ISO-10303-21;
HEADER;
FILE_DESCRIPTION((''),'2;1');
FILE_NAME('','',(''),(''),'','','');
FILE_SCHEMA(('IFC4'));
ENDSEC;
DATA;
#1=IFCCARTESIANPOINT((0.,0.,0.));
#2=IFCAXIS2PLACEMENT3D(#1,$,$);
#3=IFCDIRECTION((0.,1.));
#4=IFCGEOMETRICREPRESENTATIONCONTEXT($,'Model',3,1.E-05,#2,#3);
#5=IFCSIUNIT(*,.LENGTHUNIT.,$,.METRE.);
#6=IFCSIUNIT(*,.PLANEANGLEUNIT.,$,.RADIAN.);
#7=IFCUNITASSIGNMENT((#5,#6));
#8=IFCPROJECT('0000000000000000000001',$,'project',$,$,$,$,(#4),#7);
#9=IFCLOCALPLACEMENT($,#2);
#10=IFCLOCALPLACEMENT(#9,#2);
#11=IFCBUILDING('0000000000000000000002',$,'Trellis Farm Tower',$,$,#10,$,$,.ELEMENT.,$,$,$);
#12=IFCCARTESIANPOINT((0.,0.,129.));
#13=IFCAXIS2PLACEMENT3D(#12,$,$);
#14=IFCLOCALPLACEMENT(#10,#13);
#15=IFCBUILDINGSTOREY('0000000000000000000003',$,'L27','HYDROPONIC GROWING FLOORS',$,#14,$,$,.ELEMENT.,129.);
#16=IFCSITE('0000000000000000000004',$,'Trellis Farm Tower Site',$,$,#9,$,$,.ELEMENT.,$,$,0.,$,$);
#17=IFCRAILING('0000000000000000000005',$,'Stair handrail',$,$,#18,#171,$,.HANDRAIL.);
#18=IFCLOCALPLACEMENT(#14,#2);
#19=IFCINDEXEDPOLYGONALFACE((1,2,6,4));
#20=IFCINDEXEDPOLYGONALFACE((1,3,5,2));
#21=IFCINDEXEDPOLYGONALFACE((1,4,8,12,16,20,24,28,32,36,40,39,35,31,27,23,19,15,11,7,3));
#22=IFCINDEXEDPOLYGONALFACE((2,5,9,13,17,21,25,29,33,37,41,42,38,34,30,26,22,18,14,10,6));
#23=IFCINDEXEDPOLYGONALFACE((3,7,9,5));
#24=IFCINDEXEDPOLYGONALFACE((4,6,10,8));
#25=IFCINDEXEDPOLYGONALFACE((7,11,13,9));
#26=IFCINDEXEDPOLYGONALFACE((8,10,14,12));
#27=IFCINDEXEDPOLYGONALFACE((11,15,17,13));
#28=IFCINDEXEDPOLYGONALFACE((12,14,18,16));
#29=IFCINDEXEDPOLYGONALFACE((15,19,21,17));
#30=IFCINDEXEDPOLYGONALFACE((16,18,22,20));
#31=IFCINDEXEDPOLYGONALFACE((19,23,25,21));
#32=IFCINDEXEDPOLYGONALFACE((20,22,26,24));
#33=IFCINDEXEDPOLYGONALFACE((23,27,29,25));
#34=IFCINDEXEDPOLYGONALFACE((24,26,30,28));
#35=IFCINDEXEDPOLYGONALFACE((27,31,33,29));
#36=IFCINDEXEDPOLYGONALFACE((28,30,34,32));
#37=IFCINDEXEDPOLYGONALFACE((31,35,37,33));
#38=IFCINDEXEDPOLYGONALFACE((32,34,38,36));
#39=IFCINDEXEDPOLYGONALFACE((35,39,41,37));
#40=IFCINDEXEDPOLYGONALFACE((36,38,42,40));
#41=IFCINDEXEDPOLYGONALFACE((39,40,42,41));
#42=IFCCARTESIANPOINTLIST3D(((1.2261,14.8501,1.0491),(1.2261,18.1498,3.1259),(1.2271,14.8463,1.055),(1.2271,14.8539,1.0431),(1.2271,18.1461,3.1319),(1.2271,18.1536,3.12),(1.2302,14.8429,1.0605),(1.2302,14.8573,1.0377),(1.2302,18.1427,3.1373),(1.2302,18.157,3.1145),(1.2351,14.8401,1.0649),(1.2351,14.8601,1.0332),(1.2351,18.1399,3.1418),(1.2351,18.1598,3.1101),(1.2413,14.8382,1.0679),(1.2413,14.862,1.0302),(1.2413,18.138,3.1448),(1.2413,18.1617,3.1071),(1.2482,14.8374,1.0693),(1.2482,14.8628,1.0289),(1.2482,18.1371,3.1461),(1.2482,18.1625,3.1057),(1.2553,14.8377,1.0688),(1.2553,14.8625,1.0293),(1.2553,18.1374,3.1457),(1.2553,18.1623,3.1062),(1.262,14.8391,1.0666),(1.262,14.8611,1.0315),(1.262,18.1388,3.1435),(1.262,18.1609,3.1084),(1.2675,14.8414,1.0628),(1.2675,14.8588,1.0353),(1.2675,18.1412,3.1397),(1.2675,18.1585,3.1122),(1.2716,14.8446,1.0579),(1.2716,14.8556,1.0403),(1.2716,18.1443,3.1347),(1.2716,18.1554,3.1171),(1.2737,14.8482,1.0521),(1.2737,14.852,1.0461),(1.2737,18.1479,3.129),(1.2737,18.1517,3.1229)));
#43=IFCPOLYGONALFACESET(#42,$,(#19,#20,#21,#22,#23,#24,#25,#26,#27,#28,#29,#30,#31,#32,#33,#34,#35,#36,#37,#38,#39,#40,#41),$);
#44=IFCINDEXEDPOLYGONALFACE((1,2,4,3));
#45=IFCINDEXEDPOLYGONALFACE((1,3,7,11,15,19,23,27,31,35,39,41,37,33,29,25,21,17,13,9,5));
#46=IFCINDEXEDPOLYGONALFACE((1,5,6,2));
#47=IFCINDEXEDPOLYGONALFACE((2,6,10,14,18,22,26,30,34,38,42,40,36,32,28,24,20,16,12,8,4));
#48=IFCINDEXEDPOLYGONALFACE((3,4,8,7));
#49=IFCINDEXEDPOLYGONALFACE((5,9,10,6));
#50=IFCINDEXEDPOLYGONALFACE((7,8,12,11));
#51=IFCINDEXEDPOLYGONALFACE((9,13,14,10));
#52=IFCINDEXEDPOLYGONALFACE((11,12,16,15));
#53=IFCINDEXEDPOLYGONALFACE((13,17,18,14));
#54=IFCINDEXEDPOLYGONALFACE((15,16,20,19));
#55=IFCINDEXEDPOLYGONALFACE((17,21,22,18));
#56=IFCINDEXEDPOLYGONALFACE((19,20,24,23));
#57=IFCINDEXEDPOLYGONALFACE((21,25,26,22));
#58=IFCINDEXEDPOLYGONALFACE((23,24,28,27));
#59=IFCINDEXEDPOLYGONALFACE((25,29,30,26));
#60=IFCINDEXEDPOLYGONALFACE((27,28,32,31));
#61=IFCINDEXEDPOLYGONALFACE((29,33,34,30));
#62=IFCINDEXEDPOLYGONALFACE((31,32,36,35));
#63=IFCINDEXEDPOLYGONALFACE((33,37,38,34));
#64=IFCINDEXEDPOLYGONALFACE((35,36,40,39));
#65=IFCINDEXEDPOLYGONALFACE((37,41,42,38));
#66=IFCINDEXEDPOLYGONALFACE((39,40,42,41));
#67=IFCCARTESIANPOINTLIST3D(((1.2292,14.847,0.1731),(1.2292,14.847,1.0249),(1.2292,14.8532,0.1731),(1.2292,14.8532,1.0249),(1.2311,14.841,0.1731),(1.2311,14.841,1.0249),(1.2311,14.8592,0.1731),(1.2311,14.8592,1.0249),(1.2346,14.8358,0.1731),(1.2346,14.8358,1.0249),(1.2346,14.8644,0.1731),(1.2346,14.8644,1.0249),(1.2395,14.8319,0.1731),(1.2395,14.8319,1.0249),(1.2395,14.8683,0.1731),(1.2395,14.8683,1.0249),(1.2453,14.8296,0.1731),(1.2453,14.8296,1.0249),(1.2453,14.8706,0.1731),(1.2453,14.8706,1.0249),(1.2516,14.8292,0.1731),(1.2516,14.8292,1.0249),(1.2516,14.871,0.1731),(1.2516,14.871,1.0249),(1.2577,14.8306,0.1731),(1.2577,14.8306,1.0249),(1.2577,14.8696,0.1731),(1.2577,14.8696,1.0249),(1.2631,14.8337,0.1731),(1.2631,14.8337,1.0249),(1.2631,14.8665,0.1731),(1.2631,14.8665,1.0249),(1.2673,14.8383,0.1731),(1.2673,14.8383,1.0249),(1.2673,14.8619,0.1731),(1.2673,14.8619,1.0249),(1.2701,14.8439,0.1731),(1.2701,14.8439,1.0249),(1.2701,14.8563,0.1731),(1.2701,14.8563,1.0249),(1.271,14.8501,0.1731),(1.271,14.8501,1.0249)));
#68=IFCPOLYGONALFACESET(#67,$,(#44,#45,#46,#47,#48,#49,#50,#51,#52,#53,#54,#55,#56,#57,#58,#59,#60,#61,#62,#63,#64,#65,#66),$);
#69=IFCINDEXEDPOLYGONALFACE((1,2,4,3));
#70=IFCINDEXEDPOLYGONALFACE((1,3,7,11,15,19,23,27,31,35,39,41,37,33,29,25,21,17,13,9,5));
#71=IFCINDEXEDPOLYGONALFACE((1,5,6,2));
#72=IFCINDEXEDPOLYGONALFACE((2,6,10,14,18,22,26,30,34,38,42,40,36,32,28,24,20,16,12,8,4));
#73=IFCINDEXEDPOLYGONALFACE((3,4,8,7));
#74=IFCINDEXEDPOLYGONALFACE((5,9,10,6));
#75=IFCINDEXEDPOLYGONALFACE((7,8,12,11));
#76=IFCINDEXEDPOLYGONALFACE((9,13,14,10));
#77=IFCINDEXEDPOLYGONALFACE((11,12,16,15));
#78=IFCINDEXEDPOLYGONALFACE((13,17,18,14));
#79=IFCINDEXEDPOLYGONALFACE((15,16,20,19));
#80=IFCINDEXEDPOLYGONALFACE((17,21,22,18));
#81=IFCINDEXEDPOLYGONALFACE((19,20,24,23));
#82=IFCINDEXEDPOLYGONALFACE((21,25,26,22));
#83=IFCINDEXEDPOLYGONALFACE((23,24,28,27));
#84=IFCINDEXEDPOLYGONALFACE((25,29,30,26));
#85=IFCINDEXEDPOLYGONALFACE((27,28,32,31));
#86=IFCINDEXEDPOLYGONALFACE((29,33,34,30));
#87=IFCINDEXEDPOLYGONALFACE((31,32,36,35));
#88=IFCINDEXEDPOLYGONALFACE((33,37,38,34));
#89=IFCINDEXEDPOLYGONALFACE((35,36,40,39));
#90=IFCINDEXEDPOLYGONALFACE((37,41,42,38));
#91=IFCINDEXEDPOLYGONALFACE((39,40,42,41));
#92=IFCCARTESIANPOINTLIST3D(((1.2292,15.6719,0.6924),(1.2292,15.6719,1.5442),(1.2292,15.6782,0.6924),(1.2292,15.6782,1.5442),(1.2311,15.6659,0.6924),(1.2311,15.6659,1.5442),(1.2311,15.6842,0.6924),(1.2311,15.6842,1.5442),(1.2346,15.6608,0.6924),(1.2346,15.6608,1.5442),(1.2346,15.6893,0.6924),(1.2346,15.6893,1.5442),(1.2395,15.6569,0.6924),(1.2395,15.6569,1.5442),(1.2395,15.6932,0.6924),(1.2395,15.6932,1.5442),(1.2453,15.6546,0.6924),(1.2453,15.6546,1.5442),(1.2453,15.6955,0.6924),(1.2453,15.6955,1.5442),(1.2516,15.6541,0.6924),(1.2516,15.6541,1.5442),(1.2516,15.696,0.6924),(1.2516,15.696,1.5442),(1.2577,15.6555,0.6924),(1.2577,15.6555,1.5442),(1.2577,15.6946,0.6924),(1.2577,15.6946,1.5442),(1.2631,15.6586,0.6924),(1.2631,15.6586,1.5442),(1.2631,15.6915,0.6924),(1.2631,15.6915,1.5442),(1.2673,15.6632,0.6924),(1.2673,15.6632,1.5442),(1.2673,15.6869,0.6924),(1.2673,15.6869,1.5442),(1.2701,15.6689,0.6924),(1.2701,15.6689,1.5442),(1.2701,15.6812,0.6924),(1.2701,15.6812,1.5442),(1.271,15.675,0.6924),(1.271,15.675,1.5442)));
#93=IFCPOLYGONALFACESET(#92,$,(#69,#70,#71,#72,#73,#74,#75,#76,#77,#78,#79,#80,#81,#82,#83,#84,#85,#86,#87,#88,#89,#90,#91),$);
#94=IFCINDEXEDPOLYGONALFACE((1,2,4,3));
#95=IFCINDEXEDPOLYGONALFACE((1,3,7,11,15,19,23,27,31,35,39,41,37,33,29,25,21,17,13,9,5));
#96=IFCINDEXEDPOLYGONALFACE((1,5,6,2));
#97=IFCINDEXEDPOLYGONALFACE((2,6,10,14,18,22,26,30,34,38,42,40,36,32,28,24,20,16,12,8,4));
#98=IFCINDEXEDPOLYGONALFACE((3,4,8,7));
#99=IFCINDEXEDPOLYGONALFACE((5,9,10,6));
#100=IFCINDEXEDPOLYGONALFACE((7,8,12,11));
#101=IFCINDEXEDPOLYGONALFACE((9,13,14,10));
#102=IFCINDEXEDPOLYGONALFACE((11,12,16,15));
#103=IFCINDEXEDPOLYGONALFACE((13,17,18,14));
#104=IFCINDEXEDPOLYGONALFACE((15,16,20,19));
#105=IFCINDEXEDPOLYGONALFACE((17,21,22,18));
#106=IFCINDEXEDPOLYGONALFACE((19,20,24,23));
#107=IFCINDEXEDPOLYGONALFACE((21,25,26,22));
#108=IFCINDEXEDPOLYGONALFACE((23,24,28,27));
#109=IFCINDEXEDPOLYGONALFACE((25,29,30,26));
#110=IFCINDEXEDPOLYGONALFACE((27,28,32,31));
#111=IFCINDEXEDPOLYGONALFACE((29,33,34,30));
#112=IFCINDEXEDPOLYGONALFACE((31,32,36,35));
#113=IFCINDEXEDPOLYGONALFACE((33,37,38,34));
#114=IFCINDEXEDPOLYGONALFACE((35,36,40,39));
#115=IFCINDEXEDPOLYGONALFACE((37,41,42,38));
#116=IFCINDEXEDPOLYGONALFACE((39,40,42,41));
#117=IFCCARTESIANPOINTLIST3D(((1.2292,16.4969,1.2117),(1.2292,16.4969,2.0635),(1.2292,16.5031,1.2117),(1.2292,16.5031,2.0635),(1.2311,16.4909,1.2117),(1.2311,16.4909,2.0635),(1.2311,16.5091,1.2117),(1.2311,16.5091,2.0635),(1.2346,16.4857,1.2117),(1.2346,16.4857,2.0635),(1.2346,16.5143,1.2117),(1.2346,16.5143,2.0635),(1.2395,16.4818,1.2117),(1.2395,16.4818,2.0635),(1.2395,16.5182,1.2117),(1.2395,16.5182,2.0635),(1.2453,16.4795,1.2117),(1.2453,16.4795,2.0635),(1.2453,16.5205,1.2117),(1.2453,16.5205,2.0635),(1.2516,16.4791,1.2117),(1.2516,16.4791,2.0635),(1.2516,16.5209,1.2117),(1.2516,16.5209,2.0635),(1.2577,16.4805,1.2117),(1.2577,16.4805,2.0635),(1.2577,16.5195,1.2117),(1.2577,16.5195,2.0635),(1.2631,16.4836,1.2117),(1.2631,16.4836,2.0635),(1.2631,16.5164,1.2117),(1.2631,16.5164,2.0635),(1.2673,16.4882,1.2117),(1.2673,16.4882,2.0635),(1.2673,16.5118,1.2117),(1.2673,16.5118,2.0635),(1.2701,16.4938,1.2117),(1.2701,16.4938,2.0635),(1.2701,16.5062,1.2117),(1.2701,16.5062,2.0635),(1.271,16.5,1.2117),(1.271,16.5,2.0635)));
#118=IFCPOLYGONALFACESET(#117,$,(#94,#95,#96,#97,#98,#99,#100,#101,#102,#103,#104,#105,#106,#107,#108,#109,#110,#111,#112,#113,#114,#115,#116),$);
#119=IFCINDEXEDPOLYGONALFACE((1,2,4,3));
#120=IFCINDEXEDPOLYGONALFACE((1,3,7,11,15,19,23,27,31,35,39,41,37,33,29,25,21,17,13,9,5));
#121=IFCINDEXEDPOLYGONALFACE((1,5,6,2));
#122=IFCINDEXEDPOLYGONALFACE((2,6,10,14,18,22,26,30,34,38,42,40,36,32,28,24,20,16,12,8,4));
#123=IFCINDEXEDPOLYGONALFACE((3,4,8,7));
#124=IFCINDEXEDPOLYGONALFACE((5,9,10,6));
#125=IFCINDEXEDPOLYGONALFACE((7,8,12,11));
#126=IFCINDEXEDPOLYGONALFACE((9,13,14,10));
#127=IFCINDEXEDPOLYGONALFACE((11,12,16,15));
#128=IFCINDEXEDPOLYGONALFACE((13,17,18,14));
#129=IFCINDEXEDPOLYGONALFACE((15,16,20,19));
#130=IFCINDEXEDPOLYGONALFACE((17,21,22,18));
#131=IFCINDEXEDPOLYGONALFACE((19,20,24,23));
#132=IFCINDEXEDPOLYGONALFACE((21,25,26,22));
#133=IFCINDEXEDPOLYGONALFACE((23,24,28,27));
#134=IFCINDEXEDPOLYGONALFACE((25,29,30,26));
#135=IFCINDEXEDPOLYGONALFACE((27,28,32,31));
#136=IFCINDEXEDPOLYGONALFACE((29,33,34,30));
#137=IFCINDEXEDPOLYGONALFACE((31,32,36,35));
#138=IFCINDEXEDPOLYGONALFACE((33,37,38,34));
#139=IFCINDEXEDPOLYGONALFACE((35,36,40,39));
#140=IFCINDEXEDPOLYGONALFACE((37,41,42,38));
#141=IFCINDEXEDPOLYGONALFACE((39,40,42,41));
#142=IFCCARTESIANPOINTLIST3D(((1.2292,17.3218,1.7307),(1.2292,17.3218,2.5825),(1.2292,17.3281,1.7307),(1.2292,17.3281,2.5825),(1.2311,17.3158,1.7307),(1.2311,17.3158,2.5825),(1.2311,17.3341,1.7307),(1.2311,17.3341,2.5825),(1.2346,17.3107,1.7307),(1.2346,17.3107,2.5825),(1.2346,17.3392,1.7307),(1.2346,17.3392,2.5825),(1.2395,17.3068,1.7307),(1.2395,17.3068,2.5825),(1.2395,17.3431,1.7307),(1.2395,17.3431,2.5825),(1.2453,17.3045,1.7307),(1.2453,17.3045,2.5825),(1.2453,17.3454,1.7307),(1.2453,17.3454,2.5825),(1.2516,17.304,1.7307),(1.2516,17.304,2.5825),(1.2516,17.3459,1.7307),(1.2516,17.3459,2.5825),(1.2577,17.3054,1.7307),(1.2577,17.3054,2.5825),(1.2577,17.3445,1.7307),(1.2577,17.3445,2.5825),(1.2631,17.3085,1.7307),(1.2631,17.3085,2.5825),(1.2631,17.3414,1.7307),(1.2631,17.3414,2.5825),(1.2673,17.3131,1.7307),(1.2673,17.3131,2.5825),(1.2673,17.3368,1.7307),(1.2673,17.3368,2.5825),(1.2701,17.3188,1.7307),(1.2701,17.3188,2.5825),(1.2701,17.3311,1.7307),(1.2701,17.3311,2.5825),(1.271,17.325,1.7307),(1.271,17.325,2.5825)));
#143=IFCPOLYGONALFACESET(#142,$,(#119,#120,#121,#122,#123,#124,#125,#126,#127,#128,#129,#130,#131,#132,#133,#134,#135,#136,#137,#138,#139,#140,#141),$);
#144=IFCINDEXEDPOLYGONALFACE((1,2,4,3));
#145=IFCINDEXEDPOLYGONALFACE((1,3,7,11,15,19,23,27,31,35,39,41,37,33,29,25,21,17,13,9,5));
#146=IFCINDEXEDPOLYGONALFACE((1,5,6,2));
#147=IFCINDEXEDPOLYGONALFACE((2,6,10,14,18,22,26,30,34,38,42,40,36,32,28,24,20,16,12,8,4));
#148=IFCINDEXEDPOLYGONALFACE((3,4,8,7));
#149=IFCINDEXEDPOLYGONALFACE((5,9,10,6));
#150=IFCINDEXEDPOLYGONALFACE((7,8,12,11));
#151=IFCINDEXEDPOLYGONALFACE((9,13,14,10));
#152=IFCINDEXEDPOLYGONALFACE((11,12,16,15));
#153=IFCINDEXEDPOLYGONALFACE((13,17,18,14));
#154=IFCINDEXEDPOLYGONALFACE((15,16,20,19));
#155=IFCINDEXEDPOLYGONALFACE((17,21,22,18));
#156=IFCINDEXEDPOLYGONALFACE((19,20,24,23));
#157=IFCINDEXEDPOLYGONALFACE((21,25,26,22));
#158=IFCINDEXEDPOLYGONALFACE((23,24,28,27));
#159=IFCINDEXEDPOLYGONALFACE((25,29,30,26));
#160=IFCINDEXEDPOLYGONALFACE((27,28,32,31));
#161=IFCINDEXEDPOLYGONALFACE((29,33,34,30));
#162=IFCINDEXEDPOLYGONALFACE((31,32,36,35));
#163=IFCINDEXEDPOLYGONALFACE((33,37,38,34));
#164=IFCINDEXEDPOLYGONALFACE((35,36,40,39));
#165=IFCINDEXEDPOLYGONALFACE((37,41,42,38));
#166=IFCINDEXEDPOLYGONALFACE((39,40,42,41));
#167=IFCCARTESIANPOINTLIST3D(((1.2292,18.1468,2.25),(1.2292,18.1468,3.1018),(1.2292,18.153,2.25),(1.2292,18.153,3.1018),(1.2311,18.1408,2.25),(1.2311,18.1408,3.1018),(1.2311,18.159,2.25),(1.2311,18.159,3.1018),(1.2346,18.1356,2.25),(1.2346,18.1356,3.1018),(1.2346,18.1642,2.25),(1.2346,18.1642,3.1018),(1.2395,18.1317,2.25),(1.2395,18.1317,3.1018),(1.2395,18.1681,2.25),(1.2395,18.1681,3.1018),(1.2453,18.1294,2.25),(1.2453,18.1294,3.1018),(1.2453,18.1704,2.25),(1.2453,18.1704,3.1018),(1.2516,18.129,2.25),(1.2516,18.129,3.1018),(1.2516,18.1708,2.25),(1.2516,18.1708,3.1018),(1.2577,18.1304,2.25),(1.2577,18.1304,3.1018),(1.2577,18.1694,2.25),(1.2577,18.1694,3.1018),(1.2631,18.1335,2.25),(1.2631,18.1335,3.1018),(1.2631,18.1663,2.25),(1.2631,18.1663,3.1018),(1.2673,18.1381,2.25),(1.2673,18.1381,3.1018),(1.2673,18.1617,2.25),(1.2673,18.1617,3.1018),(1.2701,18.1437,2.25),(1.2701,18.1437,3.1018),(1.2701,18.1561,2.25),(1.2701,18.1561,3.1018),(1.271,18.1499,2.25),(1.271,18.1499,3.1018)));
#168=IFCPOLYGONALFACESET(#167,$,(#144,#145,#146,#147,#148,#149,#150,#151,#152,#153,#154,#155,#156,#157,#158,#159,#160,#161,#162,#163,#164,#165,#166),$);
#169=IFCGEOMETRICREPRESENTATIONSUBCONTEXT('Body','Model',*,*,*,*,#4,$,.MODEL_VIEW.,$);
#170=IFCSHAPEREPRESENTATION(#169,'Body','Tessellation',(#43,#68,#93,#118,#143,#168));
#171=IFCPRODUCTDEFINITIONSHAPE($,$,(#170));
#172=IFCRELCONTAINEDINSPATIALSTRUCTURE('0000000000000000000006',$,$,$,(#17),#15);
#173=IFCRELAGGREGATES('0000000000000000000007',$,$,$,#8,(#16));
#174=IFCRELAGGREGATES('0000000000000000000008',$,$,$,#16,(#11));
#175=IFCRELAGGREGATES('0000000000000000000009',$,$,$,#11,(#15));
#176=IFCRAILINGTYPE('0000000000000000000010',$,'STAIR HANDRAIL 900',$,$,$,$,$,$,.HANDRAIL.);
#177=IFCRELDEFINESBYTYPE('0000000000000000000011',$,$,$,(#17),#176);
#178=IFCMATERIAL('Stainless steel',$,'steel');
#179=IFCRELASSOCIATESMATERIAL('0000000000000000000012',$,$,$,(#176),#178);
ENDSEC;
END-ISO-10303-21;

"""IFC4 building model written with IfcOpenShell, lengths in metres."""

from ifc_helpers import new_model, si_unit, direction, frame, origin, origin_2d, place, context, subcontext, project, spatial, circle, extrude, source, transform, mapped, material, type_object, element, save


model = new_model("IFC4")

# Units and contexts
model_context = context("Model", 3, precision=1e-05, world=origin(), true_north=direction((0.0, 1.0)))
body_context = subcontext(model_context, "Body", "Model", "MODEL_VIEW")
ifc_project = project(units=[si_unit("LENGTHUNIT", "METRE"), si_unit("PLANEANGLEUNIT", "RADIAN")], contexts=[model_context])

# Site, building, storey
site_placement = place(None, origin())
site = spatial("IfcSite", under=ifc_project, at=site_placement, Name="Trellis Farm Tower Site", CompositionType="ELEMENT", RefElevation=0.0)
building_placement = place(site_placement, origin())
building = spatial("IfcBuilding", under=site, at=building_placement, Name="Trellis Farm Tower", CompositionType="ELEMENT")
storey_placement = place(building_placement, frame((0.0, 0.0, 129.0)))
storey = spatial("IfcBuildingStorey", under=building, at=storey_placement, Name="L27", Description="HYDROPONIC GROWING FLOORS", CompositionType="ELEMENT", Elevation=129.0)

# Railing
ifc_material_1 = material(Name="Stainless steel", Category="steel")
railing_type = type_object("IfcRailingType", Name="STAIR HANDRAIL 900", PredefinedType="HANDRAIL", material=ifc_material_1)
shared_shape_1 = source(origin(), body_context, "Body", "SweptSolid", [
    extrude(circle(Radius=0.0239, at=origin_2d()), frame((0.0, 0.0, 0.876), z_axis=(0.0, 0.84632, 0.532675), x_axis=(-1.0, 0.0, 0.0)), (0.0, 0.0, 1.0), 3.8989),
    extrude(circle(Radius=0.021, at=origin_2d()), origin(), (0.0, 0.0, 1.0), 0.8518),
    extrude(circle(Radius=0.021, at=origin_2d()), frame((0.0, 0.825, 0.5193)), (0.0, 0.0, 1.0), 0.8518),
    extrude(circle(Radius=0.021, at=origin_2d()), frame((0.0, 1.6499, 1.0386)), (0.0, 0.0, 1.0), 0.8518),
    extrude(circle(Radius=0.021, at=origin_2d()), frame((0.0, 2.4749, 1.5576)), (0.0, 0.0, 1.0), 0.8518),
    extrude(circle(Radius=0.021, at=origin_2d()), frame((0.0, 3.2998, 2.0769)), (0.0, 0.0, 1.0), 0.8518),
])
railing_placement = place(storey_placement, frame((1.25, 14.8501, 0.1731)))
element("IfcRailing", 1, at=railing_placement, inside=storey, type_object=railing_type, Name="Stair handrail", PredefinedType="HANDRAIL", context=body_context, shape_type="MappedRepresentation", body=[
    mapped(shared_shape_1, transform((0.0, 0.0, 0.0))),
])

save(model, "model.ifc")
